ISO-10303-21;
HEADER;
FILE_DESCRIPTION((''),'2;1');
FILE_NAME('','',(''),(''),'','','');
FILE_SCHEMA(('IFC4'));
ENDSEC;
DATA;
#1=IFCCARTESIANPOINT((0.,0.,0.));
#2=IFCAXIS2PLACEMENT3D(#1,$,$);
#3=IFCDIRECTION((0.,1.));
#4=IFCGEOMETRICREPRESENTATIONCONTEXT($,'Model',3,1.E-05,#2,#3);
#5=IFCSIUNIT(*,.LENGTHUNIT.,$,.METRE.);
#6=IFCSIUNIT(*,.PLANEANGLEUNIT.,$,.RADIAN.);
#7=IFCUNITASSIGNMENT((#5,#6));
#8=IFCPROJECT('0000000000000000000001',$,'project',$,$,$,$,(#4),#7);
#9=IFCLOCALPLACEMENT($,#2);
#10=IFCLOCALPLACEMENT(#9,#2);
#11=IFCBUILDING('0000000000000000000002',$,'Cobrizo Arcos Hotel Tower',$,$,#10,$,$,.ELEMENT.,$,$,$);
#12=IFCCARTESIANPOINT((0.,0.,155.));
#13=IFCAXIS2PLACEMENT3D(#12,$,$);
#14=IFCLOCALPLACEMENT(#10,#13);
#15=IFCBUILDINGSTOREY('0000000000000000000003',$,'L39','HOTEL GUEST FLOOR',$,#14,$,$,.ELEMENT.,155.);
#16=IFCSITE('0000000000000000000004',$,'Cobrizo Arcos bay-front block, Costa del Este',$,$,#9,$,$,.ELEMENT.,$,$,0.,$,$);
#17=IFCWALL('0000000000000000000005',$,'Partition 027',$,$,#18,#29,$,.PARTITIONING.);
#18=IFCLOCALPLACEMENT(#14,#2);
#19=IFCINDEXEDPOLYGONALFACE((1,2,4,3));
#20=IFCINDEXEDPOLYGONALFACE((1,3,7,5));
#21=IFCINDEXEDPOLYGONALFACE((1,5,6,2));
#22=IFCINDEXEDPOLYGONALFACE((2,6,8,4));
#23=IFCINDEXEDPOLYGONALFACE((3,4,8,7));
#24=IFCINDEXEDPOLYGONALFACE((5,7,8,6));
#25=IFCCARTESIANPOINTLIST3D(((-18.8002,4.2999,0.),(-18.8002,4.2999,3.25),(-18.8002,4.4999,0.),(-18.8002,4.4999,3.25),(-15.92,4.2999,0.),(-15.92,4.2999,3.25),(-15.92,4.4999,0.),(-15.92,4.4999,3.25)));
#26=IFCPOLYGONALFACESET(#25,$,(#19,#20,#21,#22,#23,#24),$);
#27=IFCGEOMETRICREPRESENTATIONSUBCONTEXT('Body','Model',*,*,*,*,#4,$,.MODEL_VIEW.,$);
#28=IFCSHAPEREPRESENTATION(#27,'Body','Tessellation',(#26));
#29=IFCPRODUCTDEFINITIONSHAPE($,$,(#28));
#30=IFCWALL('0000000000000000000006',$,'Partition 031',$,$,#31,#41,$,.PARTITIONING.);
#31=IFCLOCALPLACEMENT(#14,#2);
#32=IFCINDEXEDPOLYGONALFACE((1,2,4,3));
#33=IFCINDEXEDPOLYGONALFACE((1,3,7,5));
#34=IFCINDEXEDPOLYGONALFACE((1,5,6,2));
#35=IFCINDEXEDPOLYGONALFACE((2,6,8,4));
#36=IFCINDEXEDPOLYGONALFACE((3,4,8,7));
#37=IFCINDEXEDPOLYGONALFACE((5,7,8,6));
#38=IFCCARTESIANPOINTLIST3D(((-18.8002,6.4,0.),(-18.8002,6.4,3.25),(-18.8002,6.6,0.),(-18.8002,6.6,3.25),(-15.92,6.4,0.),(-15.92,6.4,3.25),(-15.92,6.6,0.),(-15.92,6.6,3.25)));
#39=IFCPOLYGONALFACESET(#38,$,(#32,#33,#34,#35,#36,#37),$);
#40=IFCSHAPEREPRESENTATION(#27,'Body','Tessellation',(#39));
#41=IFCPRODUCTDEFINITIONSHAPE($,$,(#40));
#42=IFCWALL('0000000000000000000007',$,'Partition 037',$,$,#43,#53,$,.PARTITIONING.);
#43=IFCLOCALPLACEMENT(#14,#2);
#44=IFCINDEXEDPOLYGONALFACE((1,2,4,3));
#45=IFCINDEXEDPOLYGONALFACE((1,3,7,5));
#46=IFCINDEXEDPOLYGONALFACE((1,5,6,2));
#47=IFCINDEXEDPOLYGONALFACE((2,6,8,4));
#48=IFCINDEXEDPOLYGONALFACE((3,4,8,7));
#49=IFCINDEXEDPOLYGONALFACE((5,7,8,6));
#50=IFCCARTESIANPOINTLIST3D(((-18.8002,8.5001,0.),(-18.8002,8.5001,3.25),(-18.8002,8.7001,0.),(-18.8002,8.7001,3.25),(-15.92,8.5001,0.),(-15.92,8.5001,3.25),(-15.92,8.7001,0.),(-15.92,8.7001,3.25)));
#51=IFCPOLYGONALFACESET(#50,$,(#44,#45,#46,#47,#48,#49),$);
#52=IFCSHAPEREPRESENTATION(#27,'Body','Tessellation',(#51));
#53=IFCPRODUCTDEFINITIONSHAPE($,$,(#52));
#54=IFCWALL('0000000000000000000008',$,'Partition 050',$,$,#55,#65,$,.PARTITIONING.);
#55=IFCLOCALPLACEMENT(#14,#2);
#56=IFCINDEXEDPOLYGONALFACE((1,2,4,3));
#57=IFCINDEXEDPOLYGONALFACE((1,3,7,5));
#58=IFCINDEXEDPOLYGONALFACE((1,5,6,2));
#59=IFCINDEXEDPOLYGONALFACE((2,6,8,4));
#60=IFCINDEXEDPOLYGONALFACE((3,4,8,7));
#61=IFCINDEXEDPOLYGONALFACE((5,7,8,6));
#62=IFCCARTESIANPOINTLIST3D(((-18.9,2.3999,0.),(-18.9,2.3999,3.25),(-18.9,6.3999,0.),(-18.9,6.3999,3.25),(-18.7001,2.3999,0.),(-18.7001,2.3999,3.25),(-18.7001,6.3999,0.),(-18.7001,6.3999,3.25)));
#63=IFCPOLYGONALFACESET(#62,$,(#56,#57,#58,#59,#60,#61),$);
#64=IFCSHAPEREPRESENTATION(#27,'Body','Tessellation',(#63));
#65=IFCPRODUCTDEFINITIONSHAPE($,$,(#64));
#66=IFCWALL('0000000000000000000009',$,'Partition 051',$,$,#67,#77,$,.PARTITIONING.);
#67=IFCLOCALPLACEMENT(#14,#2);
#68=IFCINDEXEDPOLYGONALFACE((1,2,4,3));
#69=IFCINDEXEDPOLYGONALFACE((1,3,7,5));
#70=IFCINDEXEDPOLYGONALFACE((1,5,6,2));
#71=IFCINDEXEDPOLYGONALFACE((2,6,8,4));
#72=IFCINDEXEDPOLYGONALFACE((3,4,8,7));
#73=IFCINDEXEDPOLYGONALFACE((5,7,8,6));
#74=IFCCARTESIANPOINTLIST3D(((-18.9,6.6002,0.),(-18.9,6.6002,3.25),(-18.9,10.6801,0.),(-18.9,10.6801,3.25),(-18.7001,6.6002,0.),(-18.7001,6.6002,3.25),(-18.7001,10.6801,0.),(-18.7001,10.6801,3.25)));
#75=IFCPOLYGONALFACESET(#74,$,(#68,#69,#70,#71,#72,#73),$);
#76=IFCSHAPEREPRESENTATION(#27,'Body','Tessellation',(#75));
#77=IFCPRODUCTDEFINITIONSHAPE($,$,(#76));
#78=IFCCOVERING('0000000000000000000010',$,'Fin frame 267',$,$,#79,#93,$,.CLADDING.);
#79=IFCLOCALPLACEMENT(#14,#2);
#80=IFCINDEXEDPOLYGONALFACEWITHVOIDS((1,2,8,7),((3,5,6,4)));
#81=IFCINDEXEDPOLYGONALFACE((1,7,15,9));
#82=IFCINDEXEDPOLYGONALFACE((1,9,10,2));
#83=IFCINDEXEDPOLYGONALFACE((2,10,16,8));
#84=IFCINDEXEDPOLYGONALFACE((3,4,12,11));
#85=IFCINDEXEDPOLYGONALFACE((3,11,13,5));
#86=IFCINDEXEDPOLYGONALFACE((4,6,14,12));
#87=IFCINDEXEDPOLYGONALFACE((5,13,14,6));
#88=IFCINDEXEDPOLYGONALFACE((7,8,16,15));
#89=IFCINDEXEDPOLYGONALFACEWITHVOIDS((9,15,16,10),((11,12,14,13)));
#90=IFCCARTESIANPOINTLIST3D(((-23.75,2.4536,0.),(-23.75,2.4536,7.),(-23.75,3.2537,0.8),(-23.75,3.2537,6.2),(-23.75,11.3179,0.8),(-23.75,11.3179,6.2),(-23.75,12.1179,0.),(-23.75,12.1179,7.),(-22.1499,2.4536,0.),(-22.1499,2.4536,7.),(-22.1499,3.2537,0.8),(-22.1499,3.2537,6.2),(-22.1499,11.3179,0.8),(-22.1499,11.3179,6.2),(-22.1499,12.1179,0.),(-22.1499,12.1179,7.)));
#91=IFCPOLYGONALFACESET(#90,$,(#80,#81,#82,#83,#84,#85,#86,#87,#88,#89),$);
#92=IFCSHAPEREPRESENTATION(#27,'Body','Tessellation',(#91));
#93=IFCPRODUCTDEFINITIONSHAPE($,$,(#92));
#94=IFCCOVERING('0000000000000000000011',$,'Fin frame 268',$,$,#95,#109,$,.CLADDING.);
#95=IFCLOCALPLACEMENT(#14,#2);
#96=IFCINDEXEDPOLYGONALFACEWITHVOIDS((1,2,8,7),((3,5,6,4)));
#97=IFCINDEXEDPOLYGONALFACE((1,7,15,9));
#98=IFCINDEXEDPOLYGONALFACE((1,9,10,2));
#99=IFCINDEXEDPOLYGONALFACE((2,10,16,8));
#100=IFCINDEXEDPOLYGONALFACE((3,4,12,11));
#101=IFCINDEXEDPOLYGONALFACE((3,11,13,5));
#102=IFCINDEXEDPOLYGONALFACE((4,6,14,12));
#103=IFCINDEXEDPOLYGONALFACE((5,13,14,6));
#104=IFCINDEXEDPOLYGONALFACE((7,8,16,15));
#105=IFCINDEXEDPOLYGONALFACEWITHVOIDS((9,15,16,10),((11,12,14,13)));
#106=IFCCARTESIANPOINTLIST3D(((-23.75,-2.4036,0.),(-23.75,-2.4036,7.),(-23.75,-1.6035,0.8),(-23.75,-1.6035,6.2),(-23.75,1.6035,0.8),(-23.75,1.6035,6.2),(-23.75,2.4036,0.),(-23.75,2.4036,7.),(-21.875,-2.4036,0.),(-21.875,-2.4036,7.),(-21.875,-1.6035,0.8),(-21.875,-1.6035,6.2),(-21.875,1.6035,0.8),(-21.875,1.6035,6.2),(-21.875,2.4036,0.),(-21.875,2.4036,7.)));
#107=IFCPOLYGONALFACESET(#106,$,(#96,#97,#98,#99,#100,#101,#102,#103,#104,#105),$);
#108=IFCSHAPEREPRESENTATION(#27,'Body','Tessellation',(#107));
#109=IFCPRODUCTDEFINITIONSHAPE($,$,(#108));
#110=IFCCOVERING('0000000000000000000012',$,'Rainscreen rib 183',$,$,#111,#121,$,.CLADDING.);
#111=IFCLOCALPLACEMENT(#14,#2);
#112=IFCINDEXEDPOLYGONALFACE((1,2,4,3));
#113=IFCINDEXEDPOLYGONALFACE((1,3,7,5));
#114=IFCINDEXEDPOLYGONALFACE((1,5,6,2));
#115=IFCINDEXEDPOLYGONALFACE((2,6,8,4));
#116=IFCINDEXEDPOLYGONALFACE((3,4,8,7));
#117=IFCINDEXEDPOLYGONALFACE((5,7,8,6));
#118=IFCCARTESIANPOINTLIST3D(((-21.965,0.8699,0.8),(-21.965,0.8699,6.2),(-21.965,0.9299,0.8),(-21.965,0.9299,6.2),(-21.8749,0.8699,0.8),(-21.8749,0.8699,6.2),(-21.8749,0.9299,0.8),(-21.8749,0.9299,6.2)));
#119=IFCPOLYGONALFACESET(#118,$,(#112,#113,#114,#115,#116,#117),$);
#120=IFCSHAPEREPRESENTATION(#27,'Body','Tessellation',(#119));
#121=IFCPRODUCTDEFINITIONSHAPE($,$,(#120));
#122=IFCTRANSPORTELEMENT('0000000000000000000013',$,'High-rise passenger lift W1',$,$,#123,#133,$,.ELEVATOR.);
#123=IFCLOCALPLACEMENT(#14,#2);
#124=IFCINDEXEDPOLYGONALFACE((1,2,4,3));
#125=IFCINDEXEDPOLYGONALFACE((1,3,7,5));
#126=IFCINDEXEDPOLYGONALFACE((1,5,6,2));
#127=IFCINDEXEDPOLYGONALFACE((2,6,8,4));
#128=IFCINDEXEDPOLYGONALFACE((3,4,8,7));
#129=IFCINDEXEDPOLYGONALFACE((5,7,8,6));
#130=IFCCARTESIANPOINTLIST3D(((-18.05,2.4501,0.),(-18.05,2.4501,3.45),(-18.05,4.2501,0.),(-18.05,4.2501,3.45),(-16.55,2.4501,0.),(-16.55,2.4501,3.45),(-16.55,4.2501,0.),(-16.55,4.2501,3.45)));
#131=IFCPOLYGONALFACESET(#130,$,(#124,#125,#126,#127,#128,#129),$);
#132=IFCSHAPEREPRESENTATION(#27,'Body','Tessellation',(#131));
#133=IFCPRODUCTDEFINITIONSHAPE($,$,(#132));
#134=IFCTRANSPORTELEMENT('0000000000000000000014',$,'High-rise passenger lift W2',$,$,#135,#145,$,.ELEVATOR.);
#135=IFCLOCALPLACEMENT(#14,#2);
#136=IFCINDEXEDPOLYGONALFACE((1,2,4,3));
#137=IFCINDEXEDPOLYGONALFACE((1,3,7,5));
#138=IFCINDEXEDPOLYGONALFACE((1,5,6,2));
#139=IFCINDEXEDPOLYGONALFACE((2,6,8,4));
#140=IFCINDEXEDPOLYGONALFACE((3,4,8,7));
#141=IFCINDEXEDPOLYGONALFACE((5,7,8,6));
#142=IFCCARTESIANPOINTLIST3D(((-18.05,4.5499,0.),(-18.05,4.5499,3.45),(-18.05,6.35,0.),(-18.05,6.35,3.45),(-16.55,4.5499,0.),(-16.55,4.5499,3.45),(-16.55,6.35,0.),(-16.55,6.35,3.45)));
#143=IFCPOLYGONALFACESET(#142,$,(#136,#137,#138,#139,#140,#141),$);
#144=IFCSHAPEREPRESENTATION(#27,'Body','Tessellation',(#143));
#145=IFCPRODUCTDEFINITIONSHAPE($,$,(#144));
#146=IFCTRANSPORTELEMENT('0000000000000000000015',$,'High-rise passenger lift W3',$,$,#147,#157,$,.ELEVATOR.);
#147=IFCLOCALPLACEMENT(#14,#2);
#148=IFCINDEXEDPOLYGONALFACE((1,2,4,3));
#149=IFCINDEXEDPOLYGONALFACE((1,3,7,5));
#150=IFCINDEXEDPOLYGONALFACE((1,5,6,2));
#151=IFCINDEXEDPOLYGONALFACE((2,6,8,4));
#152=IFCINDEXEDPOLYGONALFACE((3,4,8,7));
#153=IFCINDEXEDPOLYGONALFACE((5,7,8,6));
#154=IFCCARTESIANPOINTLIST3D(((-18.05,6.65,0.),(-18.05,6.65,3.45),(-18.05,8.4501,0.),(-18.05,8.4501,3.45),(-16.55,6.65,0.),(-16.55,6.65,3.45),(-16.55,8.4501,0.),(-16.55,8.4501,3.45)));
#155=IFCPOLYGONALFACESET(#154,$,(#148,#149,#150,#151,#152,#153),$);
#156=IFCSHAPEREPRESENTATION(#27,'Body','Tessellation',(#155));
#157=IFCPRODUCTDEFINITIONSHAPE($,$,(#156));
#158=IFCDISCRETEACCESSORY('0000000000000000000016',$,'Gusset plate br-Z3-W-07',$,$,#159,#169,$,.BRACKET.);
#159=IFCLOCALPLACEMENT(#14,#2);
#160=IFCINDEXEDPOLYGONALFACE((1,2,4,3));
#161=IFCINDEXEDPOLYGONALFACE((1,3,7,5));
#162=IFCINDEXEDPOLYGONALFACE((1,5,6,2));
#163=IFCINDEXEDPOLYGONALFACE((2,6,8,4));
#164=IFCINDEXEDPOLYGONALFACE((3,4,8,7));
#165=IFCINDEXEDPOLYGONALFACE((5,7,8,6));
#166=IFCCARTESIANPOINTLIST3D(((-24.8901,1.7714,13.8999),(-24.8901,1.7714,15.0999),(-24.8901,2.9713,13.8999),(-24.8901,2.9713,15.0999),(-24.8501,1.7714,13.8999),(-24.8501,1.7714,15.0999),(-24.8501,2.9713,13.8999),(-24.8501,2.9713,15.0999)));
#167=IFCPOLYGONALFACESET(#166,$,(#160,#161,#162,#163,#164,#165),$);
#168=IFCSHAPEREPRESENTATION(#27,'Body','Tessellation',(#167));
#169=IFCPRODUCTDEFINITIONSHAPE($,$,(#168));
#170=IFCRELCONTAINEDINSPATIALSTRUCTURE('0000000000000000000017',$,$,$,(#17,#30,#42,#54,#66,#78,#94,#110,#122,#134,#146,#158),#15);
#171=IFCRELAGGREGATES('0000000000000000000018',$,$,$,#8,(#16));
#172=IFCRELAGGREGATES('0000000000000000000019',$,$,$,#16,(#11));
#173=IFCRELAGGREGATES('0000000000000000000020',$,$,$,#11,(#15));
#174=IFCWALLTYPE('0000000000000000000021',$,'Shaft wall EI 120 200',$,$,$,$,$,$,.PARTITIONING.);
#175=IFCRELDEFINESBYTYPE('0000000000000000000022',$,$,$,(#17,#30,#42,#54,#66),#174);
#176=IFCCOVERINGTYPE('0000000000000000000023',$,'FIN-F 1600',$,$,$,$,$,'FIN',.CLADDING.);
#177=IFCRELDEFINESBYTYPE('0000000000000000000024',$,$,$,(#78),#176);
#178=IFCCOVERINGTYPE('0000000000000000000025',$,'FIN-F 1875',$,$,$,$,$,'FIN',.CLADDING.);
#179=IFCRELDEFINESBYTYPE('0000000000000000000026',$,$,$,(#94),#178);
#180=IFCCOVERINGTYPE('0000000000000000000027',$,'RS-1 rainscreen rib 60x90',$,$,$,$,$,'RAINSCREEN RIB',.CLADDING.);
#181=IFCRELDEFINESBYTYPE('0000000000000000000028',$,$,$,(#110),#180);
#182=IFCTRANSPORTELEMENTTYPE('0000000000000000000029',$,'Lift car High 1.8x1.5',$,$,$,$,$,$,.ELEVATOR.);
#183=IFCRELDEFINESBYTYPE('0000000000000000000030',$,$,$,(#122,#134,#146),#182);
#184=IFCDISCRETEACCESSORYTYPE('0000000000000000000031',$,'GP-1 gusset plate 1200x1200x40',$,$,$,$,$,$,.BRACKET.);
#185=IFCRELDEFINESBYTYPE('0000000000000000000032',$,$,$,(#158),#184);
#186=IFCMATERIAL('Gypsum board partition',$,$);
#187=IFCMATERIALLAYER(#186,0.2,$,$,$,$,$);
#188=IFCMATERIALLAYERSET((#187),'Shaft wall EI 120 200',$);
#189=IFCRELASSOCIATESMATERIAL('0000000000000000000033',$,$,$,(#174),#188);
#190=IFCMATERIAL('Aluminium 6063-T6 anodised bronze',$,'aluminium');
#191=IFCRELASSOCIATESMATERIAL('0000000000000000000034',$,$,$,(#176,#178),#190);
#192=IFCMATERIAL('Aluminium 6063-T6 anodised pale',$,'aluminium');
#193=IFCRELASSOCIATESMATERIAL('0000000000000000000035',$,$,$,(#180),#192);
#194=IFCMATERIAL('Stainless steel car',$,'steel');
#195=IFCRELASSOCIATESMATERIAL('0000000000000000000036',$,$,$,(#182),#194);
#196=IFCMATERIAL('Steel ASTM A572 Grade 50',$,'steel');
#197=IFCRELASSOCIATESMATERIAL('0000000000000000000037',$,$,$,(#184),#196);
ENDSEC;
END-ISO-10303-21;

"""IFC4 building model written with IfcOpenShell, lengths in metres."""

from ifc_helpers import new_model, si_unit, direction, frame, frame_2d, origin, origin_2d, place, context, subcontext, project, spatial, polyline, rectangle, outline, extrude, material, layer, layer_set, type_object, element, save


model = new_model("IFC4")

# Units and contexts
model_context = context("Model", 3, precision=1e-05, world=origin(), true_north=direction((0.0, 1.0)))
body_context = subcontext(model_context, "Body", "Model", "MODEL_VIEW")
ifc_project = project(units=[si_unit("LENGTHUNIT", "METRE"), si_unit("PLANEANGLEUNIT", "RADIAN")], contexts=[model_context])

# Site, building, storey
site_placement = place(None, origin())
site = spatial("IfcSite", under=ifc_project, at=site_placement, Name="Cobrizo Arcos bay-front block, Costa del Este", CompositionType="ELEMENT", RefElevation=0.0)
building_placement = place(site_placement, origin())
building = spatial("IfcBuilding", under=site, at=building_placement, Name="Cobrizo Arcos Hotel Tower", CompositionType="ELEMENT")
storey_placement = place(building_placement, frame((0.0, 0.0, 155.0)))
storey = spatial("IfcBuildingStorey", under=building, at=storey_placement, Name="L39", Description="HOTEL GUEST FLOOR", CompositionType="ELEMENT", Elevation=155.0)

# Shared definitions
ifc_material_1 = material(Name="Steel ASTM A572 Grade 50", Category="steel")

# Shared definitions
ifc_material_2 = material(Name="Aluminium 6063-T6 anodised bronze", Category="aluminium")

# Shared definitions
ifc_material_3 = material(Name="Gypsum board partition")

# Shared definitions
ifc_layer_1 = layer(ifc_material_3, 0.2)
ifc_layer_set_1 = layer_set([ifc_layer_1], Name="Shaft wall EI 120 200")
wall_type_1 = type_object("IfcWallType", Name="Shaft wall EI 120 200", PredefinedType="PARTITIONING", material=ifc_layer_set_1)

# Walls
for number, where, z_axis, x_axis, name in (
    (1, (-18.8, 4.3999, 0.0), (0.0, 0.0, 1.0), (1.0, 0.0, 0.0), "Partition 027"),
    (2, (-18.8, 6.5, 0.0), (0.0, 0.0, 1.0), (1.0, 0.0, 0.0), "Partition 031"),
    (3, (-18.8, 8.6001, 0.0), (0.0, 0.0, 1.0), (1.0, 0.0, 0.0), "Partition 037"),
):
    element("IfcWall", number, at=place(storey_placement, frame(where, z_axis=z_axis, x_axis=x_axis)), inside=storey, type_object=wall_type_1, Name=name, PredefinedType="PARTITIONING", context=body_context, shape_type="SweptSolid", body=[
        extrude(rectangle(XDim=2.8801, YDim=0.2, at=frame_2d((1.4399, 0.0))), origin(), (0.0, 0.0, 1.0), 3.25),
    ])
wall_1_placement = place(storey_placement, frame((-18.8, 2.3999, 0.0), z_axis=(0.0, 0.0, 1.0), x_axis=(0.0, 1.0, 0.0)))
element("IfcWall", 4, at=wall_1_placement, inside=storey, type_object=wall_type_1, Name="Partition 050", PredefinedType="PARTITIONING", context=body_context, shape_type="SweptSolid", body=[
    extrude(rectangle(XDim=4.0, YDim=0.2, at=frame_2d((2.0, 0.0))), origin(), (0.0, 0.0, 1.0), 3.25),
])
wall_2_placement = place(storey_placement, frame((-18.8, 6.6001, 0.0), z_axis=(0.0, 0.0, 1.0), x_axis=(0.0, 1.0, 0.0)))
element("IfcWall", 5, at=wall_2_placement, inside=storey, type_object=wall_type_1, Name="Partition 051", PredefinedType="PARTITIONING", context=body_context, shape_type="SweptSolid", body=[
    extrude(rectangle(XDim=4.0798, YDim=0.2, at=frame_2d((2.04, 0.0))), origin(), (0.0, 0.0, 1.0), 3.25),
])

# Coverings
covering_type_1 = type_object("IfcCoveringType", Name="FIN-F 1600", ElementType="FIN", PredefinedType="CLADDING", material=ifc_material_2)
covering_1_placement = place(storey_placement, frame((-22.1499, 12.1179, 0.0), z_axis=(-1.0, 0.0, 0.0), x_axis=(0.0, -1.0, 0.0)))
element("IfcCovering", 6, at=covering_1_placement, inside=storey, type_object=covering_type_1, Name="Fin frame 267", PredefinedType="CLADDING", context=body_context, shape_type="SweptSolid", body=[
    extrude(outline(polyline([(0.0, 7.0), (0.0, 0.0), (9.6643, 0.0), (9.6643, 7.0), (0.0, 7.0)]), holes=[polyline([(8.8643, 0.8), (0.8, 0.8), (0.8, 6.2), (8.8643, 6.2), (8.8643, 0.8)])]), origin(), (0.0, 0.0, 1.0), 1.6001),
])
covering_type_2 = type_object("IfcCoveringType", Name="FIN-F 1875", ElementType="FIN", PredefinedType="CLADDING", material=ifc_material_2)
covering_2_placement = place(storey_placement, frame((-21.875, 2.4036, 0.0), z_axis=(-1.0, 0.0, 0.0), x_axis=(0.0, -1.0, 0.0)))
element("IfcCovering", 7, at=covering_2_placement, inside=storey, type_object=covering_type_2, Name="Fin frame 268", PredefinedType="CLADDING", context=body_context, shape_type="SweptSolid", body=[
    extrude(outline(polyline([(0.0, 7.0), (0.0, 0.0), (4.8071, 0.0), (4.8071, 7.0), (0.0, 7.0)]), holes=[polyline([(4.0071, 0.8), (0.8, 0.8), (0.8, 6.2), (4.0071, 6.2), (4.0071, 0.8)])]), origin(), (0.0, 0.0, 1.0), 1.875),
])
ifc_material_4 = material(Name="Aluminium 6063-T6 anodised pale", Category="aluminium")
covering_type_3 = type_object("IfcCoveringType", Name="RS-1 rainscreen rib 60x90", ElementType="RAINSCREEN RIB", PredefinedType="CLADDING", material=ifc_material_4)
covering_3_placement = place(storey_placement, frame((-21.9199, 0.8999, 0.8), z_axis=(0.0, 0.0, 1.0), x_axis=(0.0, -1.0, 0.0)))
element("IfcCovering", 8, at=covering_3_placement, inside=storey, type_object=covering_type_3, Name="Rainscreen rib 183", PredefinedType="CLADDING", context=body_context, shape_type="SweptSolid", body=[
    extrude(rectangle(XDim=0.0601, YDim=0.0901, at=origin_2d()), origin(), (0.0, 0.0, 1.0), 5.3999),
])

# Transport elements
ifc_material_5 = material(Name="Stainless steel car", Category="steel")
transport_element_type = type_object("IfcTransportElementType", Name="Lift car High 1.8x1.5", PredefinedType="ELEVATOR", material=ifc_material_5)
for number, where, z_axis, x_axis, name in (
    (9, (-17.3, 3.3501, 0.0), (0.0, 0.0, 1.0), (1.0, 0.0, 0.0), "High-rise passenger lift W1"),
    (10, (-17.3, 5.45, 0.0), (0.0, 0.0, 1.0), (1.0, 0.0, 0.0), "High-rise passenger lift W2"),
    (11, (-17.3, 7.55, 0.0), (0.0, 0.0, 1.0), (1.0, 0.0, 0.0), "High-rise passenger lift W3"),
):
    element("IfcTransportElement", number, at=place(storey_placement, frame(where, z_axis=z_axis, x_axis=x_axis)), inside=storey, type_object=transport_element_type, Name=name, PredefinedType="ELEVATOR", context=body_context, shape_type="SweptSolid", body=[
        extrude(rectangle(XDim=1.5, YDim=1.8, at=origin_2d()), origin(), (0.0, 0.0, 1.0), 3.45),
    ])

# Discrete accessory
discrete_accessory_type = type_object("IfcDiscreteAccessoryType", Name="GP-1 gusset plate 1200x1200x40", PredefinedType="BRACKET", material=ifc_material_1)
discrete_accessory_placement = place(storey_placement, frame((-24.8701, 2.3713, 13.8999), z_axis=(0.0, 0.0, 1.0), x_axis=(1.0, 0.0, 0.0)))
element("IfcDiscreteAccessory", 12, at=discrete_accessory_placement, inside=storey, type_object=discrete_accessory_type, Name="Gusset plate br-Z3-W-07", PredefinedType="BRACKET", context=body_context, shape_type="SweptSolid", body=[
    extrude(rectangle(XDim=0.04, YDim=1.2, at=origin_2d()), origin(), (0.0, 0.0, 1.0), 1.2),
])

save(model, "model.ifc")
